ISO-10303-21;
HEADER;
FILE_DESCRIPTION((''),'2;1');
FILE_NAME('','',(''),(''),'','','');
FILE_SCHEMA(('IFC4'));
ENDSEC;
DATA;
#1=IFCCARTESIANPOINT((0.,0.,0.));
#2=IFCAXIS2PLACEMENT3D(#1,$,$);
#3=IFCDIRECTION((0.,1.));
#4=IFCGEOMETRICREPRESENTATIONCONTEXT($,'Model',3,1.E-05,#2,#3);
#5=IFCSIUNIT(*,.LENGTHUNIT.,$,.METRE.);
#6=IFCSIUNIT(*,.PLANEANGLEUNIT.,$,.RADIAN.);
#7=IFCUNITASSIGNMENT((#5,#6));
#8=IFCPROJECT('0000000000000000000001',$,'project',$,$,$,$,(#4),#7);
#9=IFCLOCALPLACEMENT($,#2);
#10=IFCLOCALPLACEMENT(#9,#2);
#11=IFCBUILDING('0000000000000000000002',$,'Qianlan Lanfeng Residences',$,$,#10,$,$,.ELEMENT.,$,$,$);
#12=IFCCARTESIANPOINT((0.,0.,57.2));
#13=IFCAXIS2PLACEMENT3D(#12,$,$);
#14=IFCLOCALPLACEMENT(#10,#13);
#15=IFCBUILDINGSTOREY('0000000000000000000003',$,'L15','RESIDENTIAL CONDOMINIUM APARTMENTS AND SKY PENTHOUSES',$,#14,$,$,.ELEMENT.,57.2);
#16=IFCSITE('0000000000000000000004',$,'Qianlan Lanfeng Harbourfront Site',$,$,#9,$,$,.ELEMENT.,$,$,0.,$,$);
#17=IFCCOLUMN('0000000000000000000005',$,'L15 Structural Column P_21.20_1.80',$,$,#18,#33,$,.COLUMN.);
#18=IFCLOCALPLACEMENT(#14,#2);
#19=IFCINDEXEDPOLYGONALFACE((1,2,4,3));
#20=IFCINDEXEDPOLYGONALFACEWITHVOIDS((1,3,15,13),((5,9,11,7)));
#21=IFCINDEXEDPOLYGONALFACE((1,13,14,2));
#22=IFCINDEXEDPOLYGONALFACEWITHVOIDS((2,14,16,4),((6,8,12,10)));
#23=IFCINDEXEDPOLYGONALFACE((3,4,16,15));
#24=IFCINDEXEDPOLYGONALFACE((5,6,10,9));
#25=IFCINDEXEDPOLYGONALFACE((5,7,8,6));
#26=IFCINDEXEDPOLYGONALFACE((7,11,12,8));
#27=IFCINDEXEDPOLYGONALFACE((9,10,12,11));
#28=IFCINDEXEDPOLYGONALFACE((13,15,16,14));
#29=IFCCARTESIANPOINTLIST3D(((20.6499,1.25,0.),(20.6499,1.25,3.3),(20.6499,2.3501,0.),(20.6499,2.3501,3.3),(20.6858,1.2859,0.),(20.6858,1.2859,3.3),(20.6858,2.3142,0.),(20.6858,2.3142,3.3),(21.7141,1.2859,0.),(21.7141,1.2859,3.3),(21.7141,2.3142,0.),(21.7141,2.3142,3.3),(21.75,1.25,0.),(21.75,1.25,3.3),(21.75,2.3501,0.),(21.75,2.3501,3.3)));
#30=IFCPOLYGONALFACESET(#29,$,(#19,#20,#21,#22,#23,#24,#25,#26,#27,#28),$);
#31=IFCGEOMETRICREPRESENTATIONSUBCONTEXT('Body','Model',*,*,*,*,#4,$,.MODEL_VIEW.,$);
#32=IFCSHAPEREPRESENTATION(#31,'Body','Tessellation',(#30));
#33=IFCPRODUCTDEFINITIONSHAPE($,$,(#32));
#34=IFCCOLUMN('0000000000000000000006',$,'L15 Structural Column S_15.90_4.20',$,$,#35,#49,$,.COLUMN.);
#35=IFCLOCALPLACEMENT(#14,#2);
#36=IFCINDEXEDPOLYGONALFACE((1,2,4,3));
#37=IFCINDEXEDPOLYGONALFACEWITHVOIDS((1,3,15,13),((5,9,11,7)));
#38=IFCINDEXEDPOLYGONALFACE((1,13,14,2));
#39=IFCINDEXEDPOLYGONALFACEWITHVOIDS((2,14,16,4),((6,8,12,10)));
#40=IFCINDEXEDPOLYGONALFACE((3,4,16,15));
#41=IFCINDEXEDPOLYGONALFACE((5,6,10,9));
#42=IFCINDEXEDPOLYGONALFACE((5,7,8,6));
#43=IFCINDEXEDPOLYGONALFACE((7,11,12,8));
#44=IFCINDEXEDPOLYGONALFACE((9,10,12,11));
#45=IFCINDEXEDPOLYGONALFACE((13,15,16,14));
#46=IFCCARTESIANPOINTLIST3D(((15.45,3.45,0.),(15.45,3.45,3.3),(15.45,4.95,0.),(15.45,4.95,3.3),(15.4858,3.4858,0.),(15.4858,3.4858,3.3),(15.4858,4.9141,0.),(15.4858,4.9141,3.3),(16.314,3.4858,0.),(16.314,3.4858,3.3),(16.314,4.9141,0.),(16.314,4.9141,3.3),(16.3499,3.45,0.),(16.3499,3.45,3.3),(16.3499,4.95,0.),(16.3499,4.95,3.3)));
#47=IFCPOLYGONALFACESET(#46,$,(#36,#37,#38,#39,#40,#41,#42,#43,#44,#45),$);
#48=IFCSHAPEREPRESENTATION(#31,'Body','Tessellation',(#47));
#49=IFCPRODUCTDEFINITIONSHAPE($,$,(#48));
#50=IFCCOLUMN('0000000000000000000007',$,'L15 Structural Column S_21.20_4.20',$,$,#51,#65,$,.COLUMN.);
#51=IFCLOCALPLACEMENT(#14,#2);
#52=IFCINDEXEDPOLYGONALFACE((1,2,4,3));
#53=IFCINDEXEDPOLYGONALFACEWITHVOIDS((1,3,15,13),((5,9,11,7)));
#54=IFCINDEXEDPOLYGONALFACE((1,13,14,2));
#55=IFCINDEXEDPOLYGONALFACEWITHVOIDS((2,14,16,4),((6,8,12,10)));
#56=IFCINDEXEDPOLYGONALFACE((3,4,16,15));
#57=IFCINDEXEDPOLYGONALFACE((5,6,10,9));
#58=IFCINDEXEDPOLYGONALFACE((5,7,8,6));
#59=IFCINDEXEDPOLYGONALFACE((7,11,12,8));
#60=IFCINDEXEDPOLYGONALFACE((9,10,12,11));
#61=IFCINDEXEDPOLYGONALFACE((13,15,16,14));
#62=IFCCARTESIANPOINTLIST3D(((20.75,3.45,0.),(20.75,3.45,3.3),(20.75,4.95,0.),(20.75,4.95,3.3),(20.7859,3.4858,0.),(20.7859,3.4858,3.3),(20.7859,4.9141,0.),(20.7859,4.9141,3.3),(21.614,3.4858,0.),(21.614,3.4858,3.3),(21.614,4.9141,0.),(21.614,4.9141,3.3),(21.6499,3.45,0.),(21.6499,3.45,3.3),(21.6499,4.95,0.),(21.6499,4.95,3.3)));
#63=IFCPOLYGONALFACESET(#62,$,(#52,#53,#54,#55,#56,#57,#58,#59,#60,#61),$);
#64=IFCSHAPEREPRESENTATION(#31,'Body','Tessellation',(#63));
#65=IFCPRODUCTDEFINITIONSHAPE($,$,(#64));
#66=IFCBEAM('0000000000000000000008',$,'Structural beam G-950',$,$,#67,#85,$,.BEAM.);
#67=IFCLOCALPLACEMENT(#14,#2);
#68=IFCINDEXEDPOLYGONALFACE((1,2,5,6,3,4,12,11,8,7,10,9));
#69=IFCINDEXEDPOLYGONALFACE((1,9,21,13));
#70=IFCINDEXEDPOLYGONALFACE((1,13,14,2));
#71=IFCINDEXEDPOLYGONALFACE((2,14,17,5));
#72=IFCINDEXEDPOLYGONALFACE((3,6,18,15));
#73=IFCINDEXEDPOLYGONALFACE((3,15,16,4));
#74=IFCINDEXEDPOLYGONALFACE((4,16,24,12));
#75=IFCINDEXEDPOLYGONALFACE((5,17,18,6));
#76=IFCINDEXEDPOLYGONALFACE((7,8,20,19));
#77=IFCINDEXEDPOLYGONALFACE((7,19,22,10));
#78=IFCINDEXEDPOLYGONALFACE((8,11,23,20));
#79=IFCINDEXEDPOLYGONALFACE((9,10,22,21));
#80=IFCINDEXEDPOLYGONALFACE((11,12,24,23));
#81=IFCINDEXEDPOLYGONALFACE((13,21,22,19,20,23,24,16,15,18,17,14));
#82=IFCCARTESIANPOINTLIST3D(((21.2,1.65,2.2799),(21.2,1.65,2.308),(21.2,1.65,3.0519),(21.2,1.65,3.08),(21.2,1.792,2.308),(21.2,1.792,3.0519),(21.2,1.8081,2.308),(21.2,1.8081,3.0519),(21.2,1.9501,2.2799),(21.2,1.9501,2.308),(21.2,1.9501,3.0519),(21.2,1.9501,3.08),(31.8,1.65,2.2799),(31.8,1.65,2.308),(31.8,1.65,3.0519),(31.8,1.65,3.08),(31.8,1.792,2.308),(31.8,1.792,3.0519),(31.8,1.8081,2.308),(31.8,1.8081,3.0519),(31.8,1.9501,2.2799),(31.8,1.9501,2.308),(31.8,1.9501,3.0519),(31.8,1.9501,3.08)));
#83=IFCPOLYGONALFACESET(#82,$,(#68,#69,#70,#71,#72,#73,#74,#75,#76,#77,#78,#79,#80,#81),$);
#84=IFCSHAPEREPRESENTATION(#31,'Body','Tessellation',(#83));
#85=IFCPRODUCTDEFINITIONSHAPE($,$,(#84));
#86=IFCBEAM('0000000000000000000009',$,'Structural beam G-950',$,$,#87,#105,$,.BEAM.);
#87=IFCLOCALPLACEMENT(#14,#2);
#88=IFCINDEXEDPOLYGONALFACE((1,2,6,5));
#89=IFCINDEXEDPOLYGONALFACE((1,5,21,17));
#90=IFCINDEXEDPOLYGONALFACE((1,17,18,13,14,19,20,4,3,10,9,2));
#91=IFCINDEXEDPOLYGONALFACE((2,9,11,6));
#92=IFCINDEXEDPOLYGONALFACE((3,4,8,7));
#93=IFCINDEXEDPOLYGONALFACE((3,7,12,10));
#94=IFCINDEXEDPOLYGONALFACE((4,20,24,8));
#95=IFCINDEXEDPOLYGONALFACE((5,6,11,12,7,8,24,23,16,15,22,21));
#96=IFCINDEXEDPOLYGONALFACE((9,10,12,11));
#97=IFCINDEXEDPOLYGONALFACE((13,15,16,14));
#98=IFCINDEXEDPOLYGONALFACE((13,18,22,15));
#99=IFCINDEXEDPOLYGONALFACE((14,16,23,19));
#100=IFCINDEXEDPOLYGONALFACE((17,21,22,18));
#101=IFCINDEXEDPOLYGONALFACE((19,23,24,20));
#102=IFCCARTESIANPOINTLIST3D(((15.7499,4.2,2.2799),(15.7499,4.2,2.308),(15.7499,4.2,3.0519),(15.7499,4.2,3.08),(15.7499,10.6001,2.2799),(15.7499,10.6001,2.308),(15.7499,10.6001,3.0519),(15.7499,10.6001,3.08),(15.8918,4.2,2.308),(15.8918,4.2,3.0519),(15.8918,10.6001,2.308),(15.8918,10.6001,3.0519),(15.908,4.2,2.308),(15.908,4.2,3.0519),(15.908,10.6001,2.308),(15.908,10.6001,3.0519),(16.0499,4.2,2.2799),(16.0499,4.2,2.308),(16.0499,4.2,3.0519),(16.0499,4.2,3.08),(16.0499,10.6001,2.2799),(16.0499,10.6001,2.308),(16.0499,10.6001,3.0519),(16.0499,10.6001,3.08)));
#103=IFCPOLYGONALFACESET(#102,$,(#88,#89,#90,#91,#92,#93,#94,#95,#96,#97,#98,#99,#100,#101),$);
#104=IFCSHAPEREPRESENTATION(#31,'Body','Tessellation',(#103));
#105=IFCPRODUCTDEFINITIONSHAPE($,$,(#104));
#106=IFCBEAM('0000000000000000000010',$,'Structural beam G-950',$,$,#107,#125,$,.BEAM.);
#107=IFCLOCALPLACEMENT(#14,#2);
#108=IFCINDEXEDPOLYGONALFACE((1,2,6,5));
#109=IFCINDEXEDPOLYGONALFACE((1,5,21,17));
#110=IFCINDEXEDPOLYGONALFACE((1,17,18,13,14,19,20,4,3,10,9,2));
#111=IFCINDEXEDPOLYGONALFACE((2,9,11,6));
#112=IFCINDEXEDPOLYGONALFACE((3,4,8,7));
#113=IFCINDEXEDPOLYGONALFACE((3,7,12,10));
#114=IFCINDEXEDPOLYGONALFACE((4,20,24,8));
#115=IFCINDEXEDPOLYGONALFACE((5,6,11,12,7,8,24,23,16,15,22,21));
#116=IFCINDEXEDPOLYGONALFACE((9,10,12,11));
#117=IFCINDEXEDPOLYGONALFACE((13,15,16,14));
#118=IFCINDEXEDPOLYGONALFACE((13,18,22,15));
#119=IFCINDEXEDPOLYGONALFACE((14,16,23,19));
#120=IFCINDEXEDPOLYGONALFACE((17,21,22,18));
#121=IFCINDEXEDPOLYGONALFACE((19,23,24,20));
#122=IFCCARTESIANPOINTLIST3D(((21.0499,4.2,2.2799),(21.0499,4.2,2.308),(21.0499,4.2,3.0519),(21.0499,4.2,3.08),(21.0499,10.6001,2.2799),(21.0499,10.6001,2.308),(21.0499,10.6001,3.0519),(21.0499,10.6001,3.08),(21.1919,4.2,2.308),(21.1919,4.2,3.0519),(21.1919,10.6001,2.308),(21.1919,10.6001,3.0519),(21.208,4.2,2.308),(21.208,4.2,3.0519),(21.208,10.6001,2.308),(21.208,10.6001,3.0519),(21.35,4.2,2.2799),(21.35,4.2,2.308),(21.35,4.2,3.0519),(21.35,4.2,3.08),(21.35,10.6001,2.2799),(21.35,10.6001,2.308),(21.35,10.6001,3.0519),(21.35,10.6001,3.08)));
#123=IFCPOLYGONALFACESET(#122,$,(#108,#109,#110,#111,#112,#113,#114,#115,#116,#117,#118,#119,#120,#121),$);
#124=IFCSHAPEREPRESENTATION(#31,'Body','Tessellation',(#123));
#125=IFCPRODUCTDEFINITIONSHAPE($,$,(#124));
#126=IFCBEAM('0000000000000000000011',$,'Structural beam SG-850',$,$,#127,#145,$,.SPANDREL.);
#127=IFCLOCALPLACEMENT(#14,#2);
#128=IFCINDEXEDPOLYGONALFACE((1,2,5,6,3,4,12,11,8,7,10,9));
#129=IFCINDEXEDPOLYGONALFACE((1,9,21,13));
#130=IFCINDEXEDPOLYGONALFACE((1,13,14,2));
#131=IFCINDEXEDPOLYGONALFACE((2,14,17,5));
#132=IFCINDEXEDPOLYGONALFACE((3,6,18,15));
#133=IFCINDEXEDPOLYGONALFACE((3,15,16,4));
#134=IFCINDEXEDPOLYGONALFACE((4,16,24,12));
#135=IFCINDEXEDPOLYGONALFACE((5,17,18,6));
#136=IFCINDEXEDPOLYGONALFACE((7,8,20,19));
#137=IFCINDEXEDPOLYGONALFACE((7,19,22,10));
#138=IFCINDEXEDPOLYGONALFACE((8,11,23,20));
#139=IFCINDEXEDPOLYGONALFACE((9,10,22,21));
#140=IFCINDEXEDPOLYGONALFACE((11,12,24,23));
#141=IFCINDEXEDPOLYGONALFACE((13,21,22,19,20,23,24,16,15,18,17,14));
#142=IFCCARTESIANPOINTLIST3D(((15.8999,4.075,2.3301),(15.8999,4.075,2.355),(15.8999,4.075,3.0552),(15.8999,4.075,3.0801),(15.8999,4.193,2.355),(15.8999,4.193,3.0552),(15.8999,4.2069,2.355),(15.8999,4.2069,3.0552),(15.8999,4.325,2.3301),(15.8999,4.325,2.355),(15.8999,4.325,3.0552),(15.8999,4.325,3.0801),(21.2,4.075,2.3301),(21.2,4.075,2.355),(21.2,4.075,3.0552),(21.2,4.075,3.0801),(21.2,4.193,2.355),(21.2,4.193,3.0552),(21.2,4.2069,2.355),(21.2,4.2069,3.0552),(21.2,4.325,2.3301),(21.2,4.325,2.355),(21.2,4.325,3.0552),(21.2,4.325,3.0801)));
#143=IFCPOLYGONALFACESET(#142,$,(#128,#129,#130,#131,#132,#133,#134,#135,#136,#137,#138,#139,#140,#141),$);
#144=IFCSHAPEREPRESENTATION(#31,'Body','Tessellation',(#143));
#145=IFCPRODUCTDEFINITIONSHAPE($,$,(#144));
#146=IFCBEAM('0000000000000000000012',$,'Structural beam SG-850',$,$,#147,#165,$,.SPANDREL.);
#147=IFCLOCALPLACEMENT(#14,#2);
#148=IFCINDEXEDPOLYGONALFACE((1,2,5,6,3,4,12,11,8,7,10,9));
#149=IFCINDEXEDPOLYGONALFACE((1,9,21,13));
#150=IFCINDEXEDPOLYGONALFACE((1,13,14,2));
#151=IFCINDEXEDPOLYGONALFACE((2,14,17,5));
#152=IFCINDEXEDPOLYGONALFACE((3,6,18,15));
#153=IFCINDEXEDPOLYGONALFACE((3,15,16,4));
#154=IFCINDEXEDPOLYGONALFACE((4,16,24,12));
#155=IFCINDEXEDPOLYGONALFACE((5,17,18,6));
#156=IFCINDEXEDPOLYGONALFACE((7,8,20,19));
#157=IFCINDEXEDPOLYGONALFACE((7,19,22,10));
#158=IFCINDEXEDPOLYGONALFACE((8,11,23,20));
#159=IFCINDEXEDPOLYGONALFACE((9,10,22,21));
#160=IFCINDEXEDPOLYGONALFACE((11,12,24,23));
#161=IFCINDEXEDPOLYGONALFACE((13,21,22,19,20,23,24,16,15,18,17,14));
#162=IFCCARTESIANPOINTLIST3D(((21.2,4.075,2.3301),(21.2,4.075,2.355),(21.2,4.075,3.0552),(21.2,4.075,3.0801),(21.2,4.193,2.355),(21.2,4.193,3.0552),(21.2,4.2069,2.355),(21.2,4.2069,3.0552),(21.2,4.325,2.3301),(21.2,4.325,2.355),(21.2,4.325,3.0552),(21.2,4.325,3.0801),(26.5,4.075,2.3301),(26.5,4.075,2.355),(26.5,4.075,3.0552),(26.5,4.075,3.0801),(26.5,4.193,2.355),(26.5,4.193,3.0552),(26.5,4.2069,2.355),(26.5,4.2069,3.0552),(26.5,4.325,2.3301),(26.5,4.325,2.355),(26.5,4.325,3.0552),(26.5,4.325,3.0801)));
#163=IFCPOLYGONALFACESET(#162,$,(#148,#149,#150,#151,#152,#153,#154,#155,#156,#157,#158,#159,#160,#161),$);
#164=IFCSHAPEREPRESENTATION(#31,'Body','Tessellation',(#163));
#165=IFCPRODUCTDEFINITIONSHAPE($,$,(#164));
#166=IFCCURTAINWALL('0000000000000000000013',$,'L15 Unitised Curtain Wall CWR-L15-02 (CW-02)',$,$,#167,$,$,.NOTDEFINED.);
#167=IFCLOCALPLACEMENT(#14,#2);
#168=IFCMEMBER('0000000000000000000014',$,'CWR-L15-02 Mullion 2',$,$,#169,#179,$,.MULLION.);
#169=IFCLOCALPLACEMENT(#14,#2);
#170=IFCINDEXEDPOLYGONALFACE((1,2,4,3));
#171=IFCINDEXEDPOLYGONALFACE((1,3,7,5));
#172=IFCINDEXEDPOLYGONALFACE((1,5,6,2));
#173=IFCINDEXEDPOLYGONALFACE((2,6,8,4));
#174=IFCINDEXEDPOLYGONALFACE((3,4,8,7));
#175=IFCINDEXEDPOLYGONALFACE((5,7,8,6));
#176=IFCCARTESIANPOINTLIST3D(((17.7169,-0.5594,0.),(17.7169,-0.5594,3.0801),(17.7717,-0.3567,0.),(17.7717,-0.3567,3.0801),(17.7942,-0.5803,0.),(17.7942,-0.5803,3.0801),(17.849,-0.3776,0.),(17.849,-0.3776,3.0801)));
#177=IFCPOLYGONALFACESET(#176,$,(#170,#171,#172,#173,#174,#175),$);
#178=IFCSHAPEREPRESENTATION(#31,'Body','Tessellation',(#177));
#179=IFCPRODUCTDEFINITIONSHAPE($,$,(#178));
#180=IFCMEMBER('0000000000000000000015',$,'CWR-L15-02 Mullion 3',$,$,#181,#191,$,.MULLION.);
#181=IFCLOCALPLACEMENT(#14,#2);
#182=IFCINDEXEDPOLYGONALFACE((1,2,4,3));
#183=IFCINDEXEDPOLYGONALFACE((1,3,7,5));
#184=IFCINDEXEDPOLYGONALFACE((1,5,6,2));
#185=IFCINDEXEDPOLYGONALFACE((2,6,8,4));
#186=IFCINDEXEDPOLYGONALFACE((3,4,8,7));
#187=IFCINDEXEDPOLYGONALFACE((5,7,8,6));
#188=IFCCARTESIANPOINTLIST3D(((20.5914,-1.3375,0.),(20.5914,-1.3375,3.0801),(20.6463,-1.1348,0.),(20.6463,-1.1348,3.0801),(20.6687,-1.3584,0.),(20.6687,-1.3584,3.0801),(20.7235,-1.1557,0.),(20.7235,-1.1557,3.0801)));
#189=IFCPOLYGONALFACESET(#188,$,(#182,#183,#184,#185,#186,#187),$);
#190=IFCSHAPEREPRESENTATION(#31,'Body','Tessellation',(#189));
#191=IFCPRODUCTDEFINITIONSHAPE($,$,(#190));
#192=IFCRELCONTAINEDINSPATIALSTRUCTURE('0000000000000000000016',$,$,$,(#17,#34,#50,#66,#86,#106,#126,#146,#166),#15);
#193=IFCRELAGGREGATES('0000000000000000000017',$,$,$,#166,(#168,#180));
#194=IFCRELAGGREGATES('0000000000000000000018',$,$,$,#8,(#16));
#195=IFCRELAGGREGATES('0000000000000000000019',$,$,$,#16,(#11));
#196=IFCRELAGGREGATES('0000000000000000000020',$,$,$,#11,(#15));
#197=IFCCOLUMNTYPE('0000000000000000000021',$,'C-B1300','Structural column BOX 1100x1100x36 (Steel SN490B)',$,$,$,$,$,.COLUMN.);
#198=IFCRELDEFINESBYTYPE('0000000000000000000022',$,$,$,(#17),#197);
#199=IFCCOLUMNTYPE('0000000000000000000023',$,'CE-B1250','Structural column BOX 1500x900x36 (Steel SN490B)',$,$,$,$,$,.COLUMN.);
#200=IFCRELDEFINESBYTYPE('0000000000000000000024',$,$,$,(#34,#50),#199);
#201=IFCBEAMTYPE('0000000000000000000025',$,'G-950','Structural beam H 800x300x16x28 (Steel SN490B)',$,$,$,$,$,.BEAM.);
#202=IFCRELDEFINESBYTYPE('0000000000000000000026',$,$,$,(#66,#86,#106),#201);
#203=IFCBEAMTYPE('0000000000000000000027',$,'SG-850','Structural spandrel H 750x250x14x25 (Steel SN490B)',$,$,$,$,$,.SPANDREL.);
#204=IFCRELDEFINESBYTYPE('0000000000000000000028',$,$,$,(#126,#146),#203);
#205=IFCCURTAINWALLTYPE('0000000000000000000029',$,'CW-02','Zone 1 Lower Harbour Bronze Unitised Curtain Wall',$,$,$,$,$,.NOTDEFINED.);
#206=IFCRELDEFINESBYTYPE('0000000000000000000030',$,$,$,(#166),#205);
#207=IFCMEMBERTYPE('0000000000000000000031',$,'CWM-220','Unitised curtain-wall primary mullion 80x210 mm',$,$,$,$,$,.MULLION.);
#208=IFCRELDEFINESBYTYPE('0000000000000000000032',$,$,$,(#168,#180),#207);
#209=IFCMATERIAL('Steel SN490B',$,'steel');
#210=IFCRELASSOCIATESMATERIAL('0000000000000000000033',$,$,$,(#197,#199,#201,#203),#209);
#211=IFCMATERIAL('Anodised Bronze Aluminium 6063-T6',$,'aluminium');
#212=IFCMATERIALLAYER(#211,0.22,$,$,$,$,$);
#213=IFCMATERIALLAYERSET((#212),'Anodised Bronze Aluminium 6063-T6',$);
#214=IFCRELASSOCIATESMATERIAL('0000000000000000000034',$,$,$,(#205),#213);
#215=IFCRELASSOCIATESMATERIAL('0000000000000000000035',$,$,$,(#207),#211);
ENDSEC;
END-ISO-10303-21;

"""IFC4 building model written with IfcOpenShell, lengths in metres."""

from ifc_helpers import new_model, si_unit, direction, frame, origin, origin_2d, place, context, subcontext, project, spatial, rectangle, hollow_rectangle, i_section, extrude, source, transform, mapped, material, layer, layer_set, material_profile, profile_set, type_object, element, aggregate, save


model = new_model("IFC4")

# Units and contexts
model_context = context("Model", 3, precision=1e-05, world=origin(), true_north=direction((0.0, 1.0)))
body_context = subcontext(model_context, "Body", "Model", "MODEL_VIEW")
ifc_project = project(units=[si_unit("LENGTHUNIT", "METRE"), si_unit("PLANEANGLEUNIT", "RADIAN")], contexts=[model_context])

# Site, building, storey
site_placement = place(None, origin())
site = spatial("IfcSite", under=ifc_project, at=site_placement, Name="Qianlan Lanfeng Harbourfront Site", CompositionType="ELEMENT", RefElevation=0.0)
building_placement = place(site_placement, origin())
building = spatial("IfcBuilding", under=site, at=building_placement, Name="Qianlan Lanfeng Residences", CompositionType="ELEMENT")
storey_placement = place(building_placement, frame((0.0, 0.0, 57.2)))
storey = spatial("IfcBuildingStorey", under=building, at=storey_placement, Name="L15", Description="RESIDENTIAL CONDOMINIUM APARTMENTS AND SKY PENTHOUSES", CompositionType="ELEMENT", Elevation=57.2)

# Columns
ifc_material_1 = material(Name="Steel SN490B", Category="steel")
ifc_material_profile_1 = material_profile(ifc_material_1, hollow_rectangle(XDim=1.1001, YDim=1.1001, WallThickness=0.0359, at=origin_2d()), Name="BOX 1100x1100x36")
ifc_profile_set_1 = profile_set([ifc_material_profile_1], Name="Steel SN490B")
column_type_1 = type_object("IfcColumnType", Name="C-B1300", Description="Structural column BOX 1100x1100x36 (Steel SN490B)", PredefinedType="COLUMN", material=ifc_profile_set_1)
column_placement = place(storey_placement, frame((21.2, 1.8, 0.0), z_axis=(0.0, 0.0, 1.0), x_axis=(1.0, 0.0, 0.0)))
element("IfcColumn", 1, at=column_placement, inside=storey, type_object=column_type_1, Name="L15 Structural Column P_21.20_1.80", PredefinedType="COLUMN", context=body_context, shape_type="SweptSolid", body=[
    extrude(hollow_rectangle(XDim=1.1001, YDim=1.1001, WallThickness=0.0359, at=origin_2d()), origin(), (0.0, 0.0, 1.0), 3.3),
])
ifc_material_profile_2 = material_profile(ifc_material_1, hollow_rectangle(XDim=0.8999, YDim=1.5, WallThickness=0.0359, at=origin_2d()), Name="BOX 1500x900x36")
ifc_profile_set_2 = profile_set([ifc_material_profile_2], Name="Steel SN490B")
column_type_2 = type_object("IfcColumnType", Name="CE-B1250", Description="Structural column BOX 1500x900x36 (Steel SN490B)", PredefinedType="COLUMN", material=ifc_profile_set_2)
for number, where, z_axis, x_axis, name in (
    (2, (15.8999, 4.2, 0.0), (0.0, 0.0, 1.0), (1.0, 0.0, 0.0), "L15 Structural Column S_15.90_4.20"),
    (3, (21.2, 4.2, 0.0), (0.0, 0.0, 1.0), (1.0, 0.0, 0.0), "L15 Structural Column S_21.20_4.20"),
):
    element("IfcColumn", number, at=place(storey_placement, frame(where, z_axis=z_axis, x_axis=x_axis)), inside=storey, type_object=column_type_2, Name=name, PredefinedType="COLUMN", context=body_context, shape_type="SweptSolid", body=[
        extrude(hollow_rectangle(XDim=0.8999, YDim=1.5, WallThickness=0.0359, at=origin_2d()), origin(), (0.0, 0.0, 1.0), 3.3),
    ])

# Beams
ifc_material_profile_3 = material_profile(ifc_material_1, i_section(OverallWidth=0.3, OverallDepth=0.8, WebThickness=0.0161, FlangeThickness=0.0281, at=origin_2d()), Name="H 800x300x16x28")
ifc_profile_set_3 = profile_set([ifc_material_profile_3], Name="Steel SN490B")
beam_type_1 = type_object("IfcBeamType", Name="G-950", Description="Structural beam H 800x300x16x28 (Steel SN490B)", PredefinedType="BEAM", material=ifc_profile_set_3)
beam_placement = place(storey_placement, frame((21.2, 1.8, 2.6799), z_axis=(1.0, 0.0, 0.0), x_axis=(0.0, 1.0, 0.0)))
element("IfcBeam", 4, at=beam_placement, inside=storey, type_object=beam_type_1, Name="Structural beam G-950", PredefinedType="BEAM", context=body_context, shape_type="SweptSolid", body=[
    extrude(i_section(OverallWidth=0.3, OverallDepth=0.8, WebThickness=0.0161, FlangeThickness=0.0281, at=origin_2d()), origin(), (0.0, 0.0, 1.0), 10.6001),
])
for number, where, z_axis, x_axis, name in (
    (5, (15.8999, 4.2, 2.6799), (0.0, 1.0, 0.0), (-1.0, 0.0, 0.0), "Structural beam G-950"),
    (6, (21.2, 4.2, 2.6799), (0.0, 1.0, 0.0), (-1.0, 0.0, 0.0), "Structural beam G-950"),
):
    element("IfcBeam", number, at=place(storey_placement, frame(where, z_axis=z_axis, x_axis=x_axis)), inside=storey, type_object=beam_type_1, Name=name, PredefinedType="BEAM", context=body_context, shape_type="SweptSolid", body=[
        extrude(i_section(OverallWidth=0.3, OverallDepth=0.8, WebThickness=0.0161, FlangeThickness=0.0281, at=origin_2d()), origin(), (0.0, 0.0, 1.0), 6.4001),
    ])
ifc_material_profile_4 = material_profile(ifc_material_1, i_section(OverallWidth=0.25, OverallDepth=0.75, WebThickness=0.0139, FlangeThickness=0.0249, at=origin_2d()), Name="H 750x250x14x25")
ifc_profile_set_4 = profile_set([ifc_material_profile_4], Name="Steel SN490B")
beam_type_2 = type_object("IfcBeamType", Name="SG-850", Description="Structural spandrel H 750x250x14x25 (Steel SN490B)", PredefinedType="SPANDREL", material=ifc_profile_set_4)
for number, where, z_axis, x_axis, name in (
    (7, (15.8999, 4.2, 2.7051), (1.0, 0.0, 0.0), (0.0, 1.0, 0.0), "Structural beam SG-850"),
    (8, (21.2, 4.2, 2.7051), (1.0, 0.0, 0.0), (0.0, 1.0, 0.0), "Structural beam SG-850"),
):
    element("IfcBeam", number, at=place(storey_placement, frame(where, z_axis=z_axis, x_axis=x_axis)), inside=storey, type_object=beam_type_2, Name=name, PredefinedType="SPANDREL", context=body_context, shape_type="SweptSolid", body=[
        extrude(i_section(OverallWidth=0.25, OverallDepth=0.75, WebThickness=0.0139, FlangeThickness=0.0249, at=origin_2d()), origin(), (0.0, 0.0, 1.0), 5.3),
    ])

# Curtain wall, members
ifc_material_2 = material(Name="Anodised Bronze Aluminium 6063-T6", Category="aluminium")
ifc_layer_1 = layer(ifc_material_2, 0.22)
ifc_layer_set_1 = layer_set([ifc_layer_1], Name="Anodised Bronze Aluminium 6063-T6")
curtain_wall_type = type_object("IfcCurtainWallType", Name="CW-02", Description="Zone 1 Lower Harbour Bronze Unitised Curtain Wall", PredefinedType="NOTDEFINED", material=ifc_layer_set_1)
curtain_wall_1_placement = place(storey_placement, origin())
curtain_wall_1 = element("IfcCurtainWall", 9, at=curtain_wall_1_placement, inside=storey, type_object=curtain_wall_type, Name="L15 Unitised Curtain Wall CWR-L15-02 (CW-02)", PredefinedType="NOTDEFINED")
ifc_material_profile_5 = material_profile(ifc_material_2, rectangle(XDim=0.0801, YDim=0.21, at=origin_2d()), Name="ALU MULLION 80x210")
ifc_profile_set_5 = profile_set([ifc_material_profile_5], Name="Anodised Bronze Aluminium 6063-T6")
member_type_1 = type_object("IfcMemberType", Name="CWM-220", Description="Unitised curtain-wall primary mullion 80x210 mm", PredefinedType="MULLION", material=ifc_profile_set_5)
shared_shape_1 = source(origin(), body_context, "Body", "SweptSolid", [
    extrude(rectangle(XDim=0.0801, YDim=0.21, at=origin_2d()), origin(), (0.0, 0.0, 1.0), 3.0801),
])
member_1_placement = place(storey_placement, frame((17.783, -0.4685, 0.0), z_axis=(0.0, 0.0, 1.0), x_axis=(0.965263, -0.261281, 0.0)))
member_1 = element("IfcMember", 10, at=member_1_placement, type_object=member_type_1, Name="CWR-L15-02 Mullion 2", PredefinedType="MULLION", context=body_context, shape_type="MappedRepresentation", body=[
    mapped(shared_shape_1, transform((0.0, 0.0, 0.0), scale=1.0)),
])
member_2_placement = place(storey_placement, frame((20.6575, -1.2466, 0.0), z_axis=(0.0, 0.0, 1.0), x_axis=(0.965263, -0.261281, 0.0)))
member_2 = element("IfcMember", 11, at=member_2_placement, type_object=member_type_1, Name="CWR-L15-02 Mullion 3", PredefinedType="MULLION", context=body_context, shape_type="MappedRepresentation", body=[
    mapped(shared_shape_1, transform((0.0, 0.0, 0.0), scale=1.0)),
])

aggregate(curtain_wall_1, [member_1, member_2])

save(model, "model.ifc")
